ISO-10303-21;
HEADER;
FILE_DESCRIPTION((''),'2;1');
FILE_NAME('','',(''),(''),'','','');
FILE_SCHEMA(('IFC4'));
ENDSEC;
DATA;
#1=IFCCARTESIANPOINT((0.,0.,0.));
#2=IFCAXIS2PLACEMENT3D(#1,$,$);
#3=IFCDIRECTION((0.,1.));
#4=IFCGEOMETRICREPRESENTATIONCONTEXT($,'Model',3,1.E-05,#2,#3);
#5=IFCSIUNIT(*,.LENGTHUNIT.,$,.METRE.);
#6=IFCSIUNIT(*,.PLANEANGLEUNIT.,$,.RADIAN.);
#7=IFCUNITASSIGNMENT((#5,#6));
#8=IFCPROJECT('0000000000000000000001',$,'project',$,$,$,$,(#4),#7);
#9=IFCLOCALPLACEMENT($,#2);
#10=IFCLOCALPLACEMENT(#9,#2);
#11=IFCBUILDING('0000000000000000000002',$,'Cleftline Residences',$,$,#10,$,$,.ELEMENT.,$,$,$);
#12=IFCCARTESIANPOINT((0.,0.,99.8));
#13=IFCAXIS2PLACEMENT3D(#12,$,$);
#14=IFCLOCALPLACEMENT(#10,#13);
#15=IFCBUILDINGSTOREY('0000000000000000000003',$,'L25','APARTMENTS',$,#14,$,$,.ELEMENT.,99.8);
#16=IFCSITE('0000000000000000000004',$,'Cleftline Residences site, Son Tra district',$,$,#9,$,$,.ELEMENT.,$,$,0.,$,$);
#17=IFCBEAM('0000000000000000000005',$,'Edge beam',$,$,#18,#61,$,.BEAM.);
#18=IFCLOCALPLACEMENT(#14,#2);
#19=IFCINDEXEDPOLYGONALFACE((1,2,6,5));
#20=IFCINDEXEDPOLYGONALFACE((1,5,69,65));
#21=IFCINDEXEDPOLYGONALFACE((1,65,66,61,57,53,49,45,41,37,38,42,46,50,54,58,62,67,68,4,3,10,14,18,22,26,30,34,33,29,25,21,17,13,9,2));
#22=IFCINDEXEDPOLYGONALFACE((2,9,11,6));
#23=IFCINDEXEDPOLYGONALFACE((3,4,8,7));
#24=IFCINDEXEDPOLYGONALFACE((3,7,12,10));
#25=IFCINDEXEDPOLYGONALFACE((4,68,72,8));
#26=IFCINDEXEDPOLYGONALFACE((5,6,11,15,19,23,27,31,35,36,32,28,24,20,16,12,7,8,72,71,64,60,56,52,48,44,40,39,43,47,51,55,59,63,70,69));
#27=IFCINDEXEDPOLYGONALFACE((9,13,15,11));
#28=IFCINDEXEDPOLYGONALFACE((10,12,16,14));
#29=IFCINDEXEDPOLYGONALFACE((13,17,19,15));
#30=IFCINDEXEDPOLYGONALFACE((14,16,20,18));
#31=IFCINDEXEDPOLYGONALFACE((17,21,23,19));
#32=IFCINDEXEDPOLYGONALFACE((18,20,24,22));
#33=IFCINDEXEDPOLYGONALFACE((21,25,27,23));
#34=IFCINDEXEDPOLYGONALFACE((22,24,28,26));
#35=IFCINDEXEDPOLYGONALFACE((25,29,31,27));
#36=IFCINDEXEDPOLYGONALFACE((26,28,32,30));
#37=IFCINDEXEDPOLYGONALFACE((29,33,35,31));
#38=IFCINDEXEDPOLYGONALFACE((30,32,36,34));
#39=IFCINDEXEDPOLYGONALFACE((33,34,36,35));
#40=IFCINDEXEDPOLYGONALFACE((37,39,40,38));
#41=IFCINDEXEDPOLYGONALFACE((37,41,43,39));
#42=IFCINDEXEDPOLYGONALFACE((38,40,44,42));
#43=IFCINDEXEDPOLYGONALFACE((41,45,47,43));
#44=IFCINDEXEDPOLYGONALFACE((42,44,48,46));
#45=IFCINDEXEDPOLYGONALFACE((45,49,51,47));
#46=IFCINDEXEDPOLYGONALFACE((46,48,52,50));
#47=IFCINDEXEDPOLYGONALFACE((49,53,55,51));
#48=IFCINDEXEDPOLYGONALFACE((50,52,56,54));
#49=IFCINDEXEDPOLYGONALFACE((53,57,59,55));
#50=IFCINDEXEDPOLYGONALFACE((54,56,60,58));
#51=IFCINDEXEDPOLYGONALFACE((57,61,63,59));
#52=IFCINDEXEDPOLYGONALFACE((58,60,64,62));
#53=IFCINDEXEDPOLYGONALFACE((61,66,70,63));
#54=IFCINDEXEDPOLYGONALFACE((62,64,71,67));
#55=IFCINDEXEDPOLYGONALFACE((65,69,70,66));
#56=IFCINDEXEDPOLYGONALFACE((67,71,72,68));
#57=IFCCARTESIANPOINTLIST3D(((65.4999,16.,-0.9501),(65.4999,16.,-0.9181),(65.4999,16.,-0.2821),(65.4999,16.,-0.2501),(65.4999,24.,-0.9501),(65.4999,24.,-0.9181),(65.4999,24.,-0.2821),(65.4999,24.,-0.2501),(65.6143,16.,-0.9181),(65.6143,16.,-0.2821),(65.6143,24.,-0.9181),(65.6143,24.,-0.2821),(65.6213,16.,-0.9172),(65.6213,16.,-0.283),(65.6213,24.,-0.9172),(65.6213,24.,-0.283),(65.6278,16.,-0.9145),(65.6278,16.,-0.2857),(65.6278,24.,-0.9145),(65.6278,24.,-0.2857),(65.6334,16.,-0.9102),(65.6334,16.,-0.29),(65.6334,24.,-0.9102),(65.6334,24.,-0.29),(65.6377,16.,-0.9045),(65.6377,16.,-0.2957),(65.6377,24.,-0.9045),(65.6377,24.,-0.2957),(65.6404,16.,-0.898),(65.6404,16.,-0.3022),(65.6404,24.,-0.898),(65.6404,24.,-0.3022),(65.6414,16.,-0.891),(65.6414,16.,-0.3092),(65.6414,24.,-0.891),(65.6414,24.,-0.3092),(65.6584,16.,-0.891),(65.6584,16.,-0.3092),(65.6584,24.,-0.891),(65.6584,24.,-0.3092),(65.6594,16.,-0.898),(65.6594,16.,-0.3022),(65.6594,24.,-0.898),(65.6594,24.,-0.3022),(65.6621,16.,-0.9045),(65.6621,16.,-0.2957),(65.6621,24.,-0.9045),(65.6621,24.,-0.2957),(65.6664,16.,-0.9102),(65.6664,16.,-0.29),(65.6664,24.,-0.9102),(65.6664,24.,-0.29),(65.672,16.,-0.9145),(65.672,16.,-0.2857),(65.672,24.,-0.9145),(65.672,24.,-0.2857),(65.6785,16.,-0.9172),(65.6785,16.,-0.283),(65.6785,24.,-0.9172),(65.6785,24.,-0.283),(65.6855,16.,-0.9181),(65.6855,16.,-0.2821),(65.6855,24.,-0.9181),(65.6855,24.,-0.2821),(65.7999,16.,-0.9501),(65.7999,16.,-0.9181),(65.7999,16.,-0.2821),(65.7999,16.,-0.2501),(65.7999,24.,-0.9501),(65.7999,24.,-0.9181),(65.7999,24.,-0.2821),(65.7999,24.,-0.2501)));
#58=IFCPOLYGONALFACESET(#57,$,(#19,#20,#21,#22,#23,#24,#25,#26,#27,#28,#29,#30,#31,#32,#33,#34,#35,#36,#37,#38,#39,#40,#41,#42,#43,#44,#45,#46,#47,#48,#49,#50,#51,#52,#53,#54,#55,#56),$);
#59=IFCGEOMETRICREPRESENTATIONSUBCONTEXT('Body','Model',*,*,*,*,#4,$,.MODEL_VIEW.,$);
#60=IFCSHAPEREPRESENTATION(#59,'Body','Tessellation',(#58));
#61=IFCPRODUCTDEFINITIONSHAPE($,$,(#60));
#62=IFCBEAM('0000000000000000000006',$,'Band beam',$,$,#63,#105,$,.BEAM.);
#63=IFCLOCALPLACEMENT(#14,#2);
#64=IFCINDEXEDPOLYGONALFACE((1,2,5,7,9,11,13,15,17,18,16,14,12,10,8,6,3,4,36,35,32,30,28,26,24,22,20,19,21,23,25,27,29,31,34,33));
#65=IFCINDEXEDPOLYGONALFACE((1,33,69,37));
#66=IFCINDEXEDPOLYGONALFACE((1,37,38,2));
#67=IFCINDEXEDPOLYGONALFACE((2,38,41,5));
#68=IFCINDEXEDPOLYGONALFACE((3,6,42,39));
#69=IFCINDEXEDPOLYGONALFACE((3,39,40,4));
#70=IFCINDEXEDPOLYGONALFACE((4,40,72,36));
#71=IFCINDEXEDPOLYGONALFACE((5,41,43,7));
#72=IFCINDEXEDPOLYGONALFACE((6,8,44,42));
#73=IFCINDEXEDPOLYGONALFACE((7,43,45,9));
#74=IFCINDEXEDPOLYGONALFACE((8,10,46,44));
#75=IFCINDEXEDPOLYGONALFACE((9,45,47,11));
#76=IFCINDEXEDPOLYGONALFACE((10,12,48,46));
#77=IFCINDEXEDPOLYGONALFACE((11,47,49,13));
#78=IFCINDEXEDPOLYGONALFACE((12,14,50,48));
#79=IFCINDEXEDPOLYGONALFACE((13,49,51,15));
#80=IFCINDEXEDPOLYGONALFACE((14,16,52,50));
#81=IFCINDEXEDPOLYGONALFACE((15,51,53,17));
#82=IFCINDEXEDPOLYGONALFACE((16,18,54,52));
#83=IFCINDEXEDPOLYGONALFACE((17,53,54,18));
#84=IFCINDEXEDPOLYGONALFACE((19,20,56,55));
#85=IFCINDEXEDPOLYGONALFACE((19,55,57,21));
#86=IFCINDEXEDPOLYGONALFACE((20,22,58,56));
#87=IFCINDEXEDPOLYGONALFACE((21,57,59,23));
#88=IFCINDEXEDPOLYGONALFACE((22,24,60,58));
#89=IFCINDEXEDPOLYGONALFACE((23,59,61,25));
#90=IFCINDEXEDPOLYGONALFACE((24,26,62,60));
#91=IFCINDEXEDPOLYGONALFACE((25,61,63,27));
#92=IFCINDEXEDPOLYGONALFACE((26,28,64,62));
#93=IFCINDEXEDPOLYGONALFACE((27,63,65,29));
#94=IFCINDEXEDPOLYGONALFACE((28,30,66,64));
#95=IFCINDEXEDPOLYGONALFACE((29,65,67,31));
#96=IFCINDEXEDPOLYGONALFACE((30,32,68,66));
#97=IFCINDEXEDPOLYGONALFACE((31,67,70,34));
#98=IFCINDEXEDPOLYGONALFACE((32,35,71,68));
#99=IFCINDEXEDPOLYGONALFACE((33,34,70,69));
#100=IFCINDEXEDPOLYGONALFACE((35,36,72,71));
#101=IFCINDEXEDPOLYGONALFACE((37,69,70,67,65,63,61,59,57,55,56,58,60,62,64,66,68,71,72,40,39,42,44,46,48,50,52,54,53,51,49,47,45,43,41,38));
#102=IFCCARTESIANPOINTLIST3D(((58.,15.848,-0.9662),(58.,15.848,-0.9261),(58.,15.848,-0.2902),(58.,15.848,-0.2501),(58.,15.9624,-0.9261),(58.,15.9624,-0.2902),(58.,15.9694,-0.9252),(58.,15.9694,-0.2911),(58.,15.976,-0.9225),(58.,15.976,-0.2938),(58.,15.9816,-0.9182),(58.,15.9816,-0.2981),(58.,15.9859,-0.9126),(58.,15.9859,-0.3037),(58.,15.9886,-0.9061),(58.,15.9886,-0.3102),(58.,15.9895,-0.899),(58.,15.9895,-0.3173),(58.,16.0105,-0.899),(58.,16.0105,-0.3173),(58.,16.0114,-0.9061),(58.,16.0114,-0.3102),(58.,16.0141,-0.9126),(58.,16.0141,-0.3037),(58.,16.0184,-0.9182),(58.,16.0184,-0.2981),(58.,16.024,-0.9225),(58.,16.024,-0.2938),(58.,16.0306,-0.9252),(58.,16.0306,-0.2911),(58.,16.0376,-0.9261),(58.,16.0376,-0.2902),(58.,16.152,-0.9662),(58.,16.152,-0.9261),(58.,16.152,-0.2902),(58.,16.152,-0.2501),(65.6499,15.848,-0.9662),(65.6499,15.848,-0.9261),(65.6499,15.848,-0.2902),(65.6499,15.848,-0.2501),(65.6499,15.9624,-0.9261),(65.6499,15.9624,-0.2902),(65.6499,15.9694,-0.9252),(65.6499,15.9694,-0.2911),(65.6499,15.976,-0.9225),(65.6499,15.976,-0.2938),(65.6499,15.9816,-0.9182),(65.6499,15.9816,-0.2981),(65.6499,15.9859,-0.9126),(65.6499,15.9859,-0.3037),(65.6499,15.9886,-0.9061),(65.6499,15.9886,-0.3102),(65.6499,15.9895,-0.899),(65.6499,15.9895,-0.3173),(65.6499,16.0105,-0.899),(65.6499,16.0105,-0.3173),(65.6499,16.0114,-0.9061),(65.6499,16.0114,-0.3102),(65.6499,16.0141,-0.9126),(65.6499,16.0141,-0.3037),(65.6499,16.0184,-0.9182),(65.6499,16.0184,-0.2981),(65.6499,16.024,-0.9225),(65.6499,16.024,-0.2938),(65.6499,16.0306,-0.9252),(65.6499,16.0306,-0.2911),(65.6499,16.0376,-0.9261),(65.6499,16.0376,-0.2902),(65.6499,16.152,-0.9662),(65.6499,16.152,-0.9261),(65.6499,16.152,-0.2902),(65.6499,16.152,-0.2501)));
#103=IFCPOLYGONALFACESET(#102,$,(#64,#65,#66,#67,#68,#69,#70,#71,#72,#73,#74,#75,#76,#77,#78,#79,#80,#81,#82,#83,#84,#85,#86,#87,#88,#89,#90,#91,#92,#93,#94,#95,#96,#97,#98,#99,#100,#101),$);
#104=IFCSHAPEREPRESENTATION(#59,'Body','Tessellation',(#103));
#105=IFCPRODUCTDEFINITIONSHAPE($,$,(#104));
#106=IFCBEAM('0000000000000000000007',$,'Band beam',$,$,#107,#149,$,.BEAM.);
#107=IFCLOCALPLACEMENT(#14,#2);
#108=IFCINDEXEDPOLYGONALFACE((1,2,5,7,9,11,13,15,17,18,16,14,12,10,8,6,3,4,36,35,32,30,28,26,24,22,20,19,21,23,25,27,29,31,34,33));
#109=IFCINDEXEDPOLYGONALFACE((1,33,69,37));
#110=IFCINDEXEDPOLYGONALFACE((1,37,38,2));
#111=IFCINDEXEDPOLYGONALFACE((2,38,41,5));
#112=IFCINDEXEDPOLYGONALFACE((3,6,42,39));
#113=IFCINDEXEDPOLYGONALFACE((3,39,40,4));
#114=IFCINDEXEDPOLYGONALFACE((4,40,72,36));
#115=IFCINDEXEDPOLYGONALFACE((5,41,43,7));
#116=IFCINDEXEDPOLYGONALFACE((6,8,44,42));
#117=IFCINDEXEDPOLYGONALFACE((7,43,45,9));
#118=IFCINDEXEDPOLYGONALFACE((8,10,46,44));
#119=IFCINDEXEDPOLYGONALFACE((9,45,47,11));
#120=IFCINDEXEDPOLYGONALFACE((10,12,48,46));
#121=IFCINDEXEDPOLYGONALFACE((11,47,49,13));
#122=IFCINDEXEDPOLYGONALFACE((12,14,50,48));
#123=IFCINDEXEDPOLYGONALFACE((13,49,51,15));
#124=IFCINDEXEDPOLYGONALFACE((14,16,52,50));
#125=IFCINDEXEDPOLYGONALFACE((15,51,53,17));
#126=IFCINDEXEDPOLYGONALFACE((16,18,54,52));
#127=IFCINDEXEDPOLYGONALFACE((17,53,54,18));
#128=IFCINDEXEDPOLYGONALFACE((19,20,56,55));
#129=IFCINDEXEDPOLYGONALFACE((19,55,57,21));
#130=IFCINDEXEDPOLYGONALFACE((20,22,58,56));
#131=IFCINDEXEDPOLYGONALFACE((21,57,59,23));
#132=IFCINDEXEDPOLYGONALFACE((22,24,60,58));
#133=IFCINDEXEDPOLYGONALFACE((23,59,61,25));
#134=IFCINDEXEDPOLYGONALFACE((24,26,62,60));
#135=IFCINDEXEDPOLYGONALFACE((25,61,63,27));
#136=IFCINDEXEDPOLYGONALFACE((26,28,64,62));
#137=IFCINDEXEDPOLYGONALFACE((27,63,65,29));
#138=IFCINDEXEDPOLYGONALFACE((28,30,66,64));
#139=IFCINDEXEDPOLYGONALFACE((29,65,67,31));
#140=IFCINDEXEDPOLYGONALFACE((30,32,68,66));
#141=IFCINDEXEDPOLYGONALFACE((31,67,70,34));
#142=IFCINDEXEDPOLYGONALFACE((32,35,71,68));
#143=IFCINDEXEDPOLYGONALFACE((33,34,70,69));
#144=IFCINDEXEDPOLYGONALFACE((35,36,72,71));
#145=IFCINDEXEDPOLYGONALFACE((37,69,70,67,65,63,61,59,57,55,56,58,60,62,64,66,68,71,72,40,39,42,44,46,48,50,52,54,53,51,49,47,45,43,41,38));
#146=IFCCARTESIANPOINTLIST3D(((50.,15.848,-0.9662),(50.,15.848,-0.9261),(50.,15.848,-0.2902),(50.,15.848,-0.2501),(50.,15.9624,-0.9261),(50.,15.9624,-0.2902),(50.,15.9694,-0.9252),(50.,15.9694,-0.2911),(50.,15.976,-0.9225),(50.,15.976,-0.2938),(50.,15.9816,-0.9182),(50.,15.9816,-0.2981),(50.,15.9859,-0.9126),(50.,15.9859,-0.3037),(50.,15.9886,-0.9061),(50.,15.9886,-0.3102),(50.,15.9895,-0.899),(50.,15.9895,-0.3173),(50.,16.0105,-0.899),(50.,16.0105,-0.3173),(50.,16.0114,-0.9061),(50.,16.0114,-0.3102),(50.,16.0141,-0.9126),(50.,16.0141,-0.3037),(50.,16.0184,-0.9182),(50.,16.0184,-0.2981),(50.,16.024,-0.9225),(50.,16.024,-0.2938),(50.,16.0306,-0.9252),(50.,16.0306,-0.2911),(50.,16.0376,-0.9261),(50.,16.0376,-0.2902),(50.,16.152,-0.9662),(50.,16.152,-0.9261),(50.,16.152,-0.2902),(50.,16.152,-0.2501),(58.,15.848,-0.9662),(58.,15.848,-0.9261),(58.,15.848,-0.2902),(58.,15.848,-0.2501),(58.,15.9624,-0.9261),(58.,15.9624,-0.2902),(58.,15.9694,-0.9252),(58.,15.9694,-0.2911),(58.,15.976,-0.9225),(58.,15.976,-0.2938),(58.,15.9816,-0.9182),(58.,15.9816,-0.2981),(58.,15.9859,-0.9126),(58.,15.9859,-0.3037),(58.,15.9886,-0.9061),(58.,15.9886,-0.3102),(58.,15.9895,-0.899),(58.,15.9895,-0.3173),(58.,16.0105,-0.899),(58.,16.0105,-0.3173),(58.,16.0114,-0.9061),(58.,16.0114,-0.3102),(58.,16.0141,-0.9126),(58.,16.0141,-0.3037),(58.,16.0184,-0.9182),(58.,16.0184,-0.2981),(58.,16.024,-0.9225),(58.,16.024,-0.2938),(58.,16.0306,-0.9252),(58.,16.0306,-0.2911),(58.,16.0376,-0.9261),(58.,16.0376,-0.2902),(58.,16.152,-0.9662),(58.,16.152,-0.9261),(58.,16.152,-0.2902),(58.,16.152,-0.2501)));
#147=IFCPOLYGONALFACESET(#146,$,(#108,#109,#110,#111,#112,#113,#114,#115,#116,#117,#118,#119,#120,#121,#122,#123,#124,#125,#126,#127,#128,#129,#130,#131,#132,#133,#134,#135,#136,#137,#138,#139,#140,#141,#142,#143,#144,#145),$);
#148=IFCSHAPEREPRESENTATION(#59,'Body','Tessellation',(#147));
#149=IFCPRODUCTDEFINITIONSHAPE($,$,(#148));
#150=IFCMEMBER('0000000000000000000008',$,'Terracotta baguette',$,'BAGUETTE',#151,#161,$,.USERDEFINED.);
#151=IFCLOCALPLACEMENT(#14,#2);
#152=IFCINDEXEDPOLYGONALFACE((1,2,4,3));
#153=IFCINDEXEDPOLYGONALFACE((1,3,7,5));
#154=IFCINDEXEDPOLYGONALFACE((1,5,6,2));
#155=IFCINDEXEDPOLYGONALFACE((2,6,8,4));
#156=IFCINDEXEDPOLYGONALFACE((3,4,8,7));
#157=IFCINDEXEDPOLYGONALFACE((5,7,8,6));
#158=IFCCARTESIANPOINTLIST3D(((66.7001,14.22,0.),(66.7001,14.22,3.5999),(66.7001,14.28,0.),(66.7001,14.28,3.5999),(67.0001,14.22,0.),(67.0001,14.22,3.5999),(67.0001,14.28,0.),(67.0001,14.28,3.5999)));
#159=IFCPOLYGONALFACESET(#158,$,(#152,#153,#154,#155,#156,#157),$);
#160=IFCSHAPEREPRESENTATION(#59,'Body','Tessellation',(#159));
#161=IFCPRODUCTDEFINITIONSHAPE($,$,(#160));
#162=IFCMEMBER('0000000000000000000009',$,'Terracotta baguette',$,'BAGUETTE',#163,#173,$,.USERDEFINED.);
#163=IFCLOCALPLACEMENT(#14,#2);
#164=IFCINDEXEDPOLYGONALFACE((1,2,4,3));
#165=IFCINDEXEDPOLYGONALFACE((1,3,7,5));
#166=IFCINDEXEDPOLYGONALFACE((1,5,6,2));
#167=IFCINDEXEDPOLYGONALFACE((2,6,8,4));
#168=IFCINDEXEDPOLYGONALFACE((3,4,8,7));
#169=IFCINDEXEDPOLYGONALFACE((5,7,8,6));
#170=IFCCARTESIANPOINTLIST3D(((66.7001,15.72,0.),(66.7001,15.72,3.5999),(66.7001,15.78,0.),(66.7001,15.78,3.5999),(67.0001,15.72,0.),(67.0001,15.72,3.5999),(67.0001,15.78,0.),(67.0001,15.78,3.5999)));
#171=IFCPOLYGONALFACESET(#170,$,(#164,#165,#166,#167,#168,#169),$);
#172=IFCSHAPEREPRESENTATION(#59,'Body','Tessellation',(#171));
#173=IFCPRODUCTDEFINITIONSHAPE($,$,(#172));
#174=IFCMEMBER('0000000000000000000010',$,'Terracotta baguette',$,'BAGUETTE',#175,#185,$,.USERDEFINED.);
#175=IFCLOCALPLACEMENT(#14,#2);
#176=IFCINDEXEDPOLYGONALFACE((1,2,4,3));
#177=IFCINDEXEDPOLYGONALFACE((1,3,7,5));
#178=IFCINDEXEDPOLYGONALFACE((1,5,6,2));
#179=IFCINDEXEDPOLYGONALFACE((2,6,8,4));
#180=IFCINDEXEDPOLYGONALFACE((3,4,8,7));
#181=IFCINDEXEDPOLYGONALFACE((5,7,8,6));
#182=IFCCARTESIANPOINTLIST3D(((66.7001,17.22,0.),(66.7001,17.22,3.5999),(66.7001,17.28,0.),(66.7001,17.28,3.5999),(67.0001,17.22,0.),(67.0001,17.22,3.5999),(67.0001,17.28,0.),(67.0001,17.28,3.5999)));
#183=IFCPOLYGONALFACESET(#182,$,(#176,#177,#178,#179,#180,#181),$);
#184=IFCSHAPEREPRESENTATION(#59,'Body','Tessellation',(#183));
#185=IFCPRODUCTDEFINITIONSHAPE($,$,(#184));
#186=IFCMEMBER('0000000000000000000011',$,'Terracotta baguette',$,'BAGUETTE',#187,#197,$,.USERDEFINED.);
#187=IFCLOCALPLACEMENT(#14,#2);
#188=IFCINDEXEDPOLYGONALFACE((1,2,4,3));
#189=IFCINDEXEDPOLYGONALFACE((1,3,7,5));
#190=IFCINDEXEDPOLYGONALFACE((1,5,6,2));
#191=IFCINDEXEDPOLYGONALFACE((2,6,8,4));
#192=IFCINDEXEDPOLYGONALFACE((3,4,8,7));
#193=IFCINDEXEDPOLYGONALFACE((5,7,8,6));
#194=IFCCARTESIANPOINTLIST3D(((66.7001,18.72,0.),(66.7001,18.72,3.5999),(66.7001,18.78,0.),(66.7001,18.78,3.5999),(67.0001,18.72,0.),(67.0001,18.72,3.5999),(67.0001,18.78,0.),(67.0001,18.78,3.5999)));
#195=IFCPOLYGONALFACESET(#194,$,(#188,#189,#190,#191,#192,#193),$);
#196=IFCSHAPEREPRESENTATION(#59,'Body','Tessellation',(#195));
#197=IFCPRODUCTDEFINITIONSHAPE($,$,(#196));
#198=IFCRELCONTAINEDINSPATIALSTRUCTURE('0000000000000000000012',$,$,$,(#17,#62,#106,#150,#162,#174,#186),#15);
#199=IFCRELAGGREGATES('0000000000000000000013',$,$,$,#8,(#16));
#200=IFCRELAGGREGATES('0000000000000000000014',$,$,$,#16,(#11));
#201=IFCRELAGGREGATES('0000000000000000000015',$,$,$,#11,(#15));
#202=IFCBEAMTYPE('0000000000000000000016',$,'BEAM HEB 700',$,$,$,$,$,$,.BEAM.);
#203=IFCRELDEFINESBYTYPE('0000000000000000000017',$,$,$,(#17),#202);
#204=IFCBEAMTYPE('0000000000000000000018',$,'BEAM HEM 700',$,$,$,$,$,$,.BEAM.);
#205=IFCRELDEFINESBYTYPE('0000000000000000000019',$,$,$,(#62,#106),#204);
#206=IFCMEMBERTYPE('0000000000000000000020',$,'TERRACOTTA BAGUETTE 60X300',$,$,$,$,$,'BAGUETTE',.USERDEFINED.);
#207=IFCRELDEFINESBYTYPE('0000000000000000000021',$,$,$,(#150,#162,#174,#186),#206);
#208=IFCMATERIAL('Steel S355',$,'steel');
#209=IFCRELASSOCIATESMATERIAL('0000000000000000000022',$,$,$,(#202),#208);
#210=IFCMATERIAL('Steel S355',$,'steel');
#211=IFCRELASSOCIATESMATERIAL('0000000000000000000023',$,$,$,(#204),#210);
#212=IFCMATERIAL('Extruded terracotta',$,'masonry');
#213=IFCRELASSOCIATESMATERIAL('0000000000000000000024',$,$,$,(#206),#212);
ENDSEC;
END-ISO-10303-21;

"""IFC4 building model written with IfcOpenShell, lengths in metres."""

from ifc_helpers import new_model, si_unit, direction, frame, origin, origin_2d, place, context, subcontext, project, spatial, rectangle, i_section, extrude, material, material_profile, profile_set, type_object, element, save


model = new_model("IFC4")

# Units and contexts
model_context = context("Model", 3, precision=1e-05, world=origin(), true_north=direction((0.0, 1.0)))
body_context = subcontext(model_context, "Body", "Model", "MODEL_VIEW")
ifc_project = project(units=[si_unit("LENGTHUNIT", "METRE"), si_unit("PLANEANGLEUNIT", "RADIAN")], contexts=[model_context])

# Site, building, storey
site_placement = place(None, origin())
site = spatial("IfcSite", under=ifc_project, at=site_placement, Name="Cleftline Residences site, Son Tra district", CompositionType="ELEMENT", RefElevation=0.0)
building_placement = place(site_placement, origin())
building = spatial("IfcBuilding", under=site, at=building_placement, Name="Cleftline Residences", CompositionType="ELEMENT")
storey_placement = place(building_placement, frame((0.0, 0.0, 99.8)))
storey = spatial("IfcBuildingStorey", under=building, at=storey_placement, Name="L25", Description="APARTMENTS", CompositionType="ELEMENT", Elevation=99.8)

# Beams
ifc_material_1 = material(Name="Steel S355", Category="steel")
ifc_material_profile_1 = material_profile(ifc_material_1, i_section(OverallWidth=0.3, OverallDepth=0.7, WebThickness=0.0171, FlangeThickness=0.032, FilletRadius=0.0271, at=origin_2d()))
ifc_profile_set_1 = profile_set([ifc_material_profile_1], Name="Steel S355")
beam_type_1 = type_object("IfcBeamType", Name="BEAM HEB 700", PredefinedType="BEAM", material=ifc_profile_set_1)
beam_1_placement = place(storey_placement, frame((65.6499, 16.0, -0.6001), z_axis=(0.0, 1.0, 0.0), x_axis=(-1.0, 0.0, 0.0)))
element("IfcBeam", 1, at=beam_1_placement, inside=storey, type_object=beam_type_1, Name="Edge beam", PredefinedType="BEAM", context=body_context, shape_type="SweptSolid", body=[
    extrude(i_section(OverallWidth=0.3, OverallDepth=0.7, WebThickness=0.0171, FlangeThickness=0.032, FilletRadius=0.0271, at=origin_2d()), origin(), (0.0, 0.0, 1.0), 8.0),
])
ifc_material_2 = material(Name="Steel S355", Category="steel")
ifc_material_profile_2 = material_profile(ifc_material_2, i_section(OverallWidth=0.304, OverallDepth=0.7161, WebThickness=0.021, FlangeThickness=0.04, FilletRadius=0.0271, at=origin_2d()))
ifc_profile_set_2 = profile_set([ifc_material_profile_2], Name="Steel S355")
beam_type_2 = type_object("IfcBeamType", Name="BEAM HEM 700", PredefinedType="BEAM", material=ifc_profile_set_2)
beam_2_placement = place(storey_placement, frame((65.6499, 16.0, -0.6082), z_axis=(-1.0, 0.0, 0.0), x_axis=(0.0, -1.0, 0.0)))
element("IfcBeam", 2, at=beam_2_placement, inside=storey, type_object=beam_type_2, Name="Band beam", PredefinedType="BEAM", context=body_context, shape_type="SweptSolid", body=[
    extrude(i_section(OverallWidth=0.304, OverallDepth=0.7161, WebThickness=0.021, FlangeThickness=0.04, FilletRadius=0.0271, at=origin_2d()), origin(), (0.0, 0.0, 1.0), 7.6499),
])
beam_3_placement = place(storey_placement, frame((58.0, 16.0, -0.6082), z_axis=(-1.0, 0.0, 0.0), x_axis=(0.0, -1.0, 0.0)))
element("IfcBeam", 3, at=beam_3_placement, inside=storey, type_object=beam_type_2, Name="Band beam", PredefinedType="BEAM", context=body_context, shape_type="SweptSolid", body=[
    extrude(i_section(OverallWidth=0.304, OverallDepth=0.7161, WebThickness=0.021, FlangeThickness=0.04, FilletRadius=0.0271, at=origin_2d()), origin(), (0.0, 0.0, 1.0), 8.0),
])

# Members
ifc_material_3 = material(Name="Extruded terracotta", Category="masonry")
ifc_material_profile_3 = material_profile(ifc_material_3, rectangle(XDim=0.0601, YDim=0.3, at=origin_2d()))
ifc_profile_set_3 = profile_set([ifc_material_profile_3], Name="Extruded terracotta")
member_type_1 = type_object("IfcMemberType", Name="TERRACOTTA BAGUETTE 60X300", ElementType="BAGUETTE", PredefinedType="USERDEFINED", material=ifc_profile_set_3)
for number, where, z_axis, x_axis, name in (
    (4, (66.8501, 14.25, 0.0), (0.0, 0.0, 1.0), (0.0, 1.0, 0.0), "Terracotta baguette"),
    (5, (66.8501, 15.75, 0.0), (0.0, 0.0, 1.0), (0.0, 1.0, 0.0), "Terracotta baguette"),
    (6, (66.8501, 17.25, 0.0), (0.0, 0.0, 1.0), (0.0, 1.0, 0.0), "Terracotta baguette"),
    (7, (66.8501, 18.75, 0.0), (0.0, 0.0, 1.0), (0.0, 1.0, 0.0), "Terracotta baguette"),
):
    element("IfcMember", number, at=place(storey_placement, frame(where, z_axis=z_axis, x_axis=x_axis)), inside=storey, type_object=member_type_1, Name=name, ObjectType="BAGUETTE", PredefinedType="USERDEFINED", context=body_context, shape_type="SweptSolid", body=[
        extrude(rectangle(XDim=0.0601, YDim=0.3, at=origin_2d()), origin(), (0.0, 0.0, 1.0), 3.5999),
    ])

save(model, "model.ifc")
